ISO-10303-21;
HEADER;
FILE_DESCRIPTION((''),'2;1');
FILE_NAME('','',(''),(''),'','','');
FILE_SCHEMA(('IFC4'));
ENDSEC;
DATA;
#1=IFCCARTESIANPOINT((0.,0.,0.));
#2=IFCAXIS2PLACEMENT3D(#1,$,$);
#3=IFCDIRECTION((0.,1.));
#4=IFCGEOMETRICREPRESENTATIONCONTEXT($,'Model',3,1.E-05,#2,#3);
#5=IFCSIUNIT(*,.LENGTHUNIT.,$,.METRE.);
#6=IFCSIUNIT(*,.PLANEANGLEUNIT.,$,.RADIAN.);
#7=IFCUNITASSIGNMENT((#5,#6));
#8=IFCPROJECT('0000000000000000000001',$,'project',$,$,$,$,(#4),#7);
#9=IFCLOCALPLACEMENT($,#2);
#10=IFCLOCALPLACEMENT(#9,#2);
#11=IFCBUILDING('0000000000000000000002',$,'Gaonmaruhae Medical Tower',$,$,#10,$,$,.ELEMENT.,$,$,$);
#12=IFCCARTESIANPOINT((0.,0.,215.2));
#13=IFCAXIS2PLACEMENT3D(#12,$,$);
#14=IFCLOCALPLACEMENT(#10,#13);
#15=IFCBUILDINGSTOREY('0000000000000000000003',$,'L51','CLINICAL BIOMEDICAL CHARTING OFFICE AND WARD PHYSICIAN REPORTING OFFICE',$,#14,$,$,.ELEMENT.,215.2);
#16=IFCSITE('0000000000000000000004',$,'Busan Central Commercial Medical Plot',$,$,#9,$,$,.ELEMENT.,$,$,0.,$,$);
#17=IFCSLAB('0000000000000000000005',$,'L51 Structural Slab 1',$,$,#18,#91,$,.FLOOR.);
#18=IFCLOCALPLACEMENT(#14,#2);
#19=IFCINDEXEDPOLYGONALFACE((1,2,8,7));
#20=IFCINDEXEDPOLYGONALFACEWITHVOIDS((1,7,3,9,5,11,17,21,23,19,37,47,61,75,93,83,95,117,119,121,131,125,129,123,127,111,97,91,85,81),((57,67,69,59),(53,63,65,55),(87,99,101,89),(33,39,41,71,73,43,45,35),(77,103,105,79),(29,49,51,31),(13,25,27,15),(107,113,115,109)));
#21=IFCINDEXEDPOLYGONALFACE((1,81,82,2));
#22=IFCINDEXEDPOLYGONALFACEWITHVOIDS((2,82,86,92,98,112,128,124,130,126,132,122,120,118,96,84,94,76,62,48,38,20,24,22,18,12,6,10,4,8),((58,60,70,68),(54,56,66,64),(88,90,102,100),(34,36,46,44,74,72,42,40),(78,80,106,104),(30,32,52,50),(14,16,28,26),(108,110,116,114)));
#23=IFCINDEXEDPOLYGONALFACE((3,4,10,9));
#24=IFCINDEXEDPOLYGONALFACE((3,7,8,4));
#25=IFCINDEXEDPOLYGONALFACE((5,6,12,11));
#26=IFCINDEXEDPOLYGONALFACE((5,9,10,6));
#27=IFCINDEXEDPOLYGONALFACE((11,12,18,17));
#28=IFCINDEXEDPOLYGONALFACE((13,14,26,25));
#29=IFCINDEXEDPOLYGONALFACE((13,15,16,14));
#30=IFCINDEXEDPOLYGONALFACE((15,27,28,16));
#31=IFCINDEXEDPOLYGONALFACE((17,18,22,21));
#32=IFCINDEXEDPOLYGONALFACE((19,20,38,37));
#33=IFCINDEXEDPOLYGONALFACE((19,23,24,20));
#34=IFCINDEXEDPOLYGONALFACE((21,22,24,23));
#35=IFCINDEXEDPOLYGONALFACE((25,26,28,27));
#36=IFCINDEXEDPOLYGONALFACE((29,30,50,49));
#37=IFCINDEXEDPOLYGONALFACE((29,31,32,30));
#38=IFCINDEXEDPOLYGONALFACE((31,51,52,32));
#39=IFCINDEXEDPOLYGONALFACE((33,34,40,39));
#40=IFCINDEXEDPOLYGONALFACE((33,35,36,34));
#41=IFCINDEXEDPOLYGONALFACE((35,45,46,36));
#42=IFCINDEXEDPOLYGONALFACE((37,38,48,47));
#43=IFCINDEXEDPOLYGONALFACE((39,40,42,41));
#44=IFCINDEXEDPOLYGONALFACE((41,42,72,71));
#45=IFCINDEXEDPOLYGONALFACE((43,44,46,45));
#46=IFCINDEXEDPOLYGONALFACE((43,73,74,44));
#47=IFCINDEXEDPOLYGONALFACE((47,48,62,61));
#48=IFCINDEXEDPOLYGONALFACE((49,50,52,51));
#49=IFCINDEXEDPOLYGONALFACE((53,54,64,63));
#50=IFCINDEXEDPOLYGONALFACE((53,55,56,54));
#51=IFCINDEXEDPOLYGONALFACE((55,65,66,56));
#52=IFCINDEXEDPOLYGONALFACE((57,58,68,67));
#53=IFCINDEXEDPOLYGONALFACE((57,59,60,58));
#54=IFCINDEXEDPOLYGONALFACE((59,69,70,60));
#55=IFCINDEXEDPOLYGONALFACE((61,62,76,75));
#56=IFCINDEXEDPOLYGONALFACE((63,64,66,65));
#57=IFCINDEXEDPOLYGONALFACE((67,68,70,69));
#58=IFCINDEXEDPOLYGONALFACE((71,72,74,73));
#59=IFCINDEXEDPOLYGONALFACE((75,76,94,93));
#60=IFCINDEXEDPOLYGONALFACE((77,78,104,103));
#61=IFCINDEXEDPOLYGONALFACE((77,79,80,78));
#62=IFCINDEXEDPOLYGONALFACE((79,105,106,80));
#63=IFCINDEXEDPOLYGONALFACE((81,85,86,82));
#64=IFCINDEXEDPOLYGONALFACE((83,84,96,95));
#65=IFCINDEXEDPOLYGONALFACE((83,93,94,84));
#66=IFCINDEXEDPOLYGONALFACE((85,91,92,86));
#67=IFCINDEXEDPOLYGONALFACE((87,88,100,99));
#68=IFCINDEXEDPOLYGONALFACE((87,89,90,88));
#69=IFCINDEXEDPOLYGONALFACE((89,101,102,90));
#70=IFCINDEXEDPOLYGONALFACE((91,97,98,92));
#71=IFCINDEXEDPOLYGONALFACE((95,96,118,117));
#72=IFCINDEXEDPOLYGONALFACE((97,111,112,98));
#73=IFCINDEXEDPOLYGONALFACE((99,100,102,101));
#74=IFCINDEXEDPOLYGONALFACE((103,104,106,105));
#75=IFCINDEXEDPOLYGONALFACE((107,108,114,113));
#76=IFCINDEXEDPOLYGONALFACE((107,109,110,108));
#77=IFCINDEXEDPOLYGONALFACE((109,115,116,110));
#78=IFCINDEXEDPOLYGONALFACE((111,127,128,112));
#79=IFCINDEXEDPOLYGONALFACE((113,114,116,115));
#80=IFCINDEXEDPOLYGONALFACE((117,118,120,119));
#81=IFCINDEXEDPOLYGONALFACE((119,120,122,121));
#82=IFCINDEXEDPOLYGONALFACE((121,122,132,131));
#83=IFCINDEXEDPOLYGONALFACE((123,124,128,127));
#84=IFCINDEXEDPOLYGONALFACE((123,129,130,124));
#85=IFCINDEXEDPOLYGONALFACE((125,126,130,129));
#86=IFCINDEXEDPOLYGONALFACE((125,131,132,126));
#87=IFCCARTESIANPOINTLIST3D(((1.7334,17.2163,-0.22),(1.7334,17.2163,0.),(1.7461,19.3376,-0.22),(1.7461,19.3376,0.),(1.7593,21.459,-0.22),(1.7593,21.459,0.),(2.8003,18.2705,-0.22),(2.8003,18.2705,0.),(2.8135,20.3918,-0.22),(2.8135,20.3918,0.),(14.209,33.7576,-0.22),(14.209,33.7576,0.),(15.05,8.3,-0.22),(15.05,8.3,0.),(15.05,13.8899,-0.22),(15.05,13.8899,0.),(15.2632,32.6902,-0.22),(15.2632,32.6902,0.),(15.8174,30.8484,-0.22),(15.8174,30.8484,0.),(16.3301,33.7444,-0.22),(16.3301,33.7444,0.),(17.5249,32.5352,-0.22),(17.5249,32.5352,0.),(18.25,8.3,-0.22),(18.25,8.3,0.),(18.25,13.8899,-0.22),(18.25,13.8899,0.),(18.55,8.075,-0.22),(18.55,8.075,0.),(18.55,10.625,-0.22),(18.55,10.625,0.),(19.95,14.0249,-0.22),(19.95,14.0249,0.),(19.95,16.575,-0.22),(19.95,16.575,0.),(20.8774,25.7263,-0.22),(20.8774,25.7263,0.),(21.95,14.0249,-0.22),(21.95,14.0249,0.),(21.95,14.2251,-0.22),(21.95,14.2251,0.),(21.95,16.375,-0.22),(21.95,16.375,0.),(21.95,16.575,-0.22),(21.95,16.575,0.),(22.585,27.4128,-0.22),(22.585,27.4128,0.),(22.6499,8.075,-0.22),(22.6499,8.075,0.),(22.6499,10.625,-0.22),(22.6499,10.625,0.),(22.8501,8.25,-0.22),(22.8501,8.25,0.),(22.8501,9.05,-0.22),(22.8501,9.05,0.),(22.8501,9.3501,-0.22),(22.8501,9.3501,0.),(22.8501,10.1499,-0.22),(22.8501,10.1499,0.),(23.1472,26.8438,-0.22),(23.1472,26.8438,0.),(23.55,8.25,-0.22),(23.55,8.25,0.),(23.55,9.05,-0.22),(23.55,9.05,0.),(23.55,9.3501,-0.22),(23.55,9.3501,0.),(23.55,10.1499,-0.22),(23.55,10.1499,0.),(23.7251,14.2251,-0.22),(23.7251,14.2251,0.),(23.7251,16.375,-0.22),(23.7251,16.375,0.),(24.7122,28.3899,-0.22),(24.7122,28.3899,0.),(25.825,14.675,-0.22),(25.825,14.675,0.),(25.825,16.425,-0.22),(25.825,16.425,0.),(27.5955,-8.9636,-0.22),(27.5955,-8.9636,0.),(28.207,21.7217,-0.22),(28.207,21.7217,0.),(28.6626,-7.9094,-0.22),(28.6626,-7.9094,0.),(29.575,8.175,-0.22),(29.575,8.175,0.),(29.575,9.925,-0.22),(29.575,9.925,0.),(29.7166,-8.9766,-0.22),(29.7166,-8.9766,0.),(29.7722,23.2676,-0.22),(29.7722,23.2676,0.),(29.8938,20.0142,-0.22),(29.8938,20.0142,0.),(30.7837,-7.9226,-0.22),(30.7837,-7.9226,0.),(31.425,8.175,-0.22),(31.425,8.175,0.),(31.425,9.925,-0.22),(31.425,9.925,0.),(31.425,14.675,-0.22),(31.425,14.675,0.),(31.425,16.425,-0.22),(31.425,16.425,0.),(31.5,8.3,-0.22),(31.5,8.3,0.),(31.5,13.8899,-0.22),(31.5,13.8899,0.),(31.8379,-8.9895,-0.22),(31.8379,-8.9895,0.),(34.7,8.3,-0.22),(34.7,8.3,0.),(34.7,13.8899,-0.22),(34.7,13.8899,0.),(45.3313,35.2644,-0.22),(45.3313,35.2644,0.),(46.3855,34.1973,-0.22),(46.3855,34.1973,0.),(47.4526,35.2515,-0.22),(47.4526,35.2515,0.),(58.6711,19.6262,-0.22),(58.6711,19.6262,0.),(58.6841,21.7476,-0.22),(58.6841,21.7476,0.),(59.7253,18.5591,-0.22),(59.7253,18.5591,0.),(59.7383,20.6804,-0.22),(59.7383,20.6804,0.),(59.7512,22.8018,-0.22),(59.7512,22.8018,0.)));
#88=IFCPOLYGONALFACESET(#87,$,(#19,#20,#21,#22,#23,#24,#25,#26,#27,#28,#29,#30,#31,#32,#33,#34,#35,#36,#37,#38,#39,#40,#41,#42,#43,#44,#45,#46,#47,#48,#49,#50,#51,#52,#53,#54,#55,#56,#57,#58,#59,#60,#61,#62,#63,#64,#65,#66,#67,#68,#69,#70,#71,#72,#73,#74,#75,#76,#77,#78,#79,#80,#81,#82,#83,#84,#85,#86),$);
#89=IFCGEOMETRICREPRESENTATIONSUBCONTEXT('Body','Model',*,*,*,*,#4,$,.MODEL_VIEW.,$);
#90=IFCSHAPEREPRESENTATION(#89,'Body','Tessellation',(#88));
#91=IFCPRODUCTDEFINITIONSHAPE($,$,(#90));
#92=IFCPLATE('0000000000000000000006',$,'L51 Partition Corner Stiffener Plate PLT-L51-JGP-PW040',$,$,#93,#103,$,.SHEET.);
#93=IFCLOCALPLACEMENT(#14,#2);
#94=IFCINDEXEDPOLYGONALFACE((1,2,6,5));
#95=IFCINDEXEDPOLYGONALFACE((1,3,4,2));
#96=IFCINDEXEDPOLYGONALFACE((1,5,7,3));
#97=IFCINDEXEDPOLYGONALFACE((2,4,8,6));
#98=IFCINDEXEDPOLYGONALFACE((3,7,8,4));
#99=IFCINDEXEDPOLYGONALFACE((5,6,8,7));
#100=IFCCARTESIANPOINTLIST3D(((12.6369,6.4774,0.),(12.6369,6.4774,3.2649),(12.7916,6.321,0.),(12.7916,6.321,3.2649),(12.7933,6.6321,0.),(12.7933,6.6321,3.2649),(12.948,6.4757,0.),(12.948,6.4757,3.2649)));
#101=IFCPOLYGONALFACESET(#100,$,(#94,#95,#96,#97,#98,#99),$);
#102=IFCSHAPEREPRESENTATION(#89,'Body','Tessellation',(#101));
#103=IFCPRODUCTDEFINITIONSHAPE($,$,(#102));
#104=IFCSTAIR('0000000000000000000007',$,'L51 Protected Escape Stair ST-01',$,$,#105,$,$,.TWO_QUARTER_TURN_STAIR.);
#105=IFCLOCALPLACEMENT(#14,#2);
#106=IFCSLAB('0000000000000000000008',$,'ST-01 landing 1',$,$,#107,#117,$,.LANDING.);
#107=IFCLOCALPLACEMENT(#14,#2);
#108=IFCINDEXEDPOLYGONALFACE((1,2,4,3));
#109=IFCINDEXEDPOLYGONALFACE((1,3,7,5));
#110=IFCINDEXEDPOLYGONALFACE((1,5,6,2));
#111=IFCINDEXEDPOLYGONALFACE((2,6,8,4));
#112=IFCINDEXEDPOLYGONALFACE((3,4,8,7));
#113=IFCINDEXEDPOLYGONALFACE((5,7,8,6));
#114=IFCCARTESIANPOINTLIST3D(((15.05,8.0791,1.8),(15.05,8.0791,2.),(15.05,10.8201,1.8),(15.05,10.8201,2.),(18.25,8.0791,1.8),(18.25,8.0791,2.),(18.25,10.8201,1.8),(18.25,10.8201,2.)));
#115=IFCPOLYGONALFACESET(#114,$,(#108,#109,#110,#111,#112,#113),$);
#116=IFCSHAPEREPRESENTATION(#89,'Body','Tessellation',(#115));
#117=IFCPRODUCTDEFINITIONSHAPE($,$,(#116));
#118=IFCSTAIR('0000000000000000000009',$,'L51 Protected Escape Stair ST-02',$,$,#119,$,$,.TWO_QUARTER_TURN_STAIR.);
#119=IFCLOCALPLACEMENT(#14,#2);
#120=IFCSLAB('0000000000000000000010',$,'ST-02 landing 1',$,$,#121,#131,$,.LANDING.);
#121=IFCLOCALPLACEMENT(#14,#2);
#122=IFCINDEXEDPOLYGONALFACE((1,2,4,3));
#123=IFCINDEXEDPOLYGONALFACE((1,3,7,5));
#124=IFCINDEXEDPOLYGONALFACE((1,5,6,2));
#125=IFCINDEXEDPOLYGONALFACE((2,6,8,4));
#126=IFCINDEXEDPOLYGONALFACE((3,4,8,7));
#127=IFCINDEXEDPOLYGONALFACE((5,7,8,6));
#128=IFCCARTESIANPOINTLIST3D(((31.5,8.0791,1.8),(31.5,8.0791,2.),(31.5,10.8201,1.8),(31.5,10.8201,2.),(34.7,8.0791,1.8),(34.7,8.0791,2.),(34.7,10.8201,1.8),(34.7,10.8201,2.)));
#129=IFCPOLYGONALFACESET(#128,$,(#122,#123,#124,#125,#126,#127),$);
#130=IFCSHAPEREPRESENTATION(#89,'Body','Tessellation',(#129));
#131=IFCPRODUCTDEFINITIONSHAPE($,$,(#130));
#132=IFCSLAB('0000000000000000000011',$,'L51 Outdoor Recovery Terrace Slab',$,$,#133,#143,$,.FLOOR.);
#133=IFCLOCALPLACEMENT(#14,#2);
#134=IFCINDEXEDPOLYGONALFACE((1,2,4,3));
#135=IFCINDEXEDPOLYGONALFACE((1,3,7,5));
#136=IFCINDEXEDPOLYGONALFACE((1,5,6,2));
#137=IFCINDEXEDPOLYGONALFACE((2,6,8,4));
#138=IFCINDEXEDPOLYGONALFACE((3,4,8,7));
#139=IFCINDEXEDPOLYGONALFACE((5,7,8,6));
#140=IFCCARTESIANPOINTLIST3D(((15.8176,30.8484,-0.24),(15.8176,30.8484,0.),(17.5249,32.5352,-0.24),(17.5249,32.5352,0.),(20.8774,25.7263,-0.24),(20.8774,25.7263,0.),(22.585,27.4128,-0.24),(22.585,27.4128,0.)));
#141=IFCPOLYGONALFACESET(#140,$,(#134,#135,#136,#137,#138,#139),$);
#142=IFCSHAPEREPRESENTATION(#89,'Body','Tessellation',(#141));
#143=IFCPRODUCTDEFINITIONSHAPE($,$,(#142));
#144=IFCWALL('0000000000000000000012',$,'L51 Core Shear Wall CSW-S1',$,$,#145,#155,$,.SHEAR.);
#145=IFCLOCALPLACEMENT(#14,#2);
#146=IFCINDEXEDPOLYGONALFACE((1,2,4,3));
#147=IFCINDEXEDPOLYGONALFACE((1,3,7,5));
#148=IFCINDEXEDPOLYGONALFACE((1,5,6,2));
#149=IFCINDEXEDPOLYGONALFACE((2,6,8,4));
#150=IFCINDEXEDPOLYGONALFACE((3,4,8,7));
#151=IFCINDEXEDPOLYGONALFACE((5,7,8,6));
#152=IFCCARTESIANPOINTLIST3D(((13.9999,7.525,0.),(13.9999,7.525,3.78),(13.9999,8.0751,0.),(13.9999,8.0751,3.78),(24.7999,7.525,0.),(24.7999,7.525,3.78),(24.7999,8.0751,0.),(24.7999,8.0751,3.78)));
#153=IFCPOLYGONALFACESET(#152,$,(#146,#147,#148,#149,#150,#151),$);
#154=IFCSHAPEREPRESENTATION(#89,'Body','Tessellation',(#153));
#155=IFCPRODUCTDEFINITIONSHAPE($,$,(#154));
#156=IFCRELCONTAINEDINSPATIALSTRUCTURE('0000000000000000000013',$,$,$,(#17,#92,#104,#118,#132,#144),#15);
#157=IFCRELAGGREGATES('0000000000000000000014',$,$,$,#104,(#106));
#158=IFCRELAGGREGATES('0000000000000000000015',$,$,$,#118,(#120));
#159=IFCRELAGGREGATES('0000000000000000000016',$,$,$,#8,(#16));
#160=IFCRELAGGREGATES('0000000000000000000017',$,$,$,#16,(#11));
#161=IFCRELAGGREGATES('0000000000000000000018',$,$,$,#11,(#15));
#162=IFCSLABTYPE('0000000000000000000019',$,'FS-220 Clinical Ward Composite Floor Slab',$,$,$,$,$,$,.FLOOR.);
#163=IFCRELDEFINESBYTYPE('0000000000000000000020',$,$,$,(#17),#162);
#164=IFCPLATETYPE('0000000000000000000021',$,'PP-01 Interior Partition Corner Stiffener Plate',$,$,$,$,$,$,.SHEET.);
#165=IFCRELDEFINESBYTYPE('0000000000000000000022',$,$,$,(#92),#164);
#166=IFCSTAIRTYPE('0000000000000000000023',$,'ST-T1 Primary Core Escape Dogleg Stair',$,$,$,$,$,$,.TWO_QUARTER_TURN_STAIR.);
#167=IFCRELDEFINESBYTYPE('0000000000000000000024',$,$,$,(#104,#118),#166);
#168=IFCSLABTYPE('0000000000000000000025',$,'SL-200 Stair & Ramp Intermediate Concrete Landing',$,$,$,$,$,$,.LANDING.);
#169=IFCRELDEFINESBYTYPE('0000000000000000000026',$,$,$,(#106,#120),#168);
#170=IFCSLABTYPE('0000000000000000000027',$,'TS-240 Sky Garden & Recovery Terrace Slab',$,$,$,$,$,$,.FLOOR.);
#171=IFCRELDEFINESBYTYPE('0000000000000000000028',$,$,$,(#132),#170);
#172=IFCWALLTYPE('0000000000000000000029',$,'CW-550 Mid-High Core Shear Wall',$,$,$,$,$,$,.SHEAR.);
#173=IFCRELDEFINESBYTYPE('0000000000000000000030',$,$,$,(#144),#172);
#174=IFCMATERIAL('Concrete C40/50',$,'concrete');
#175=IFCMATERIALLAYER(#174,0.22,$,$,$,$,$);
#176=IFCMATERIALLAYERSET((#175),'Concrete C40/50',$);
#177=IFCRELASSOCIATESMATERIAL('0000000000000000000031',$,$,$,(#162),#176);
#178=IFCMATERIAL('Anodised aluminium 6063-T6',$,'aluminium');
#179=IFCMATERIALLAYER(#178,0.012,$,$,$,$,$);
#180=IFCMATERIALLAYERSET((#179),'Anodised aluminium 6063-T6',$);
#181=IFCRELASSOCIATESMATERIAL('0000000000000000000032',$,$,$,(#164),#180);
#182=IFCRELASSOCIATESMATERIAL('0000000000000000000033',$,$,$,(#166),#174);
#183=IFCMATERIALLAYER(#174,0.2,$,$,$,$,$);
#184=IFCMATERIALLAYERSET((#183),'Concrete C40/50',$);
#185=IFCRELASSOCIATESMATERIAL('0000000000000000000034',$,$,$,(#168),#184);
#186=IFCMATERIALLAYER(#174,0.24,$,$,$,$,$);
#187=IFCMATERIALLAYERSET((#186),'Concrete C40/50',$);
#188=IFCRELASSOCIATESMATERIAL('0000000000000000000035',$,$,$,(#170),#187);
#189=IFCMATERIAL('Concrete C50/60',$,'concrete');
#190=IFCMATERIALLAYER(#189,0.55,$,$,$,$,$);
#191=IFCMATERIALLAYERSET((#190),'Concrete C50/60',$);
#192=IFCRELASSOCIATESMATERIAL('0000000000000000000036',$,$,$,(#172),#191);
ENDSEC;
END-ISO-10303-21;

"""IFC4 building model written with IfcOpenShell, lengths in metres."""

from ifc_helpers import new_model, si_unit, direction, frame, frame_2d, origin, origin_2d, place, context, subcontext, project, spatial, polyline, rectangle, outline, extrude, material, layer, layer_set, type_object, element, aggregate, save


model = new_model("IFC4")

# Units and contexts
model_context = context("Model", 3, precision=1e-05, world=origin(), true_north=direction((0.0, 1.0)))
body_context = subcontext(model_context, "Body", "Model", "MODEL_VIEW")
ifc_project = project(units=[si_unit("LENGTHUNIT", "METRE"), si_unit("PLANEANGLEUNIT", "RADIAN")], contexts=[model_context])

# Site, building, storey
site_placement = place(None, origin())
site = spatial("IfcSite", under=ifc_project, at=site_placement, Name="Busan Central Commercial Medical Plot", CompositionType="ELEMENT", RefElevation=0.0)
building_placement = place(site_placement, origin())
building = spatial("IfcBuilding", under=site, at=building_placement, Name="Gaonmaruhae Medical Tower", CompositionType="ELEMENT")
storey_placement = place(building_placement, frame((0.0, 0.0, 215.2)))
storey = spatial("IfcBuildingStorey", under=building, at=storey_placement, Name="L51", Description="CLINICAL BIOMEDICAL CHARTING OFFICE AND WARD PHYSICIAN REPORTING OFFICE", CompositionType="ELEMENT", Elevation=215.2)

# Shared definitions
ifc_material_1 = material(Name="Concrete C50/60", Category="concrete")

# Slab
ifc_material_2 = material(Name="Concrete C40/50", Category="concrete")
ifc_layer_1 = layer(ifc_material_2, 0.22)
ifc_layer_set_1 = layer_set([ifc_layer_1], Name="Concrete C40/50")
slab_type_1 = type_object("IfcSlabType", Name="FS-220 Clinical Ward Composite Floor Slab", PredefinedType="FLOOR", material=ifc_layer_set_1)
slab_1_placement = place(storey_placement, frame((0.0, 0.0, -0.22)))
element("IfcSlab", 1, at=slab_1_placement, inside=storey, type_object=slab_type_1, Name="L51 Structural Slab 1", PredefinedType="FLOOR", context=body_context, shape_type="SweptSolid", body=[
    extrude(outline(polyline([(45.3313, 35.2644), (46.3855, 34.1973), (47.4526, 35.2515), (59.7512, 22.8018), (58.6841, 21.7476), (59.7383, 20.6804), (58.6711, 19.6262), (59.7253, 18.5591), (31.8379, -8.9895), (30.7837, -7.9226), (29.7166, -8.9766), (28.6626, -7.9094), (27.5955, -8.9636), (1.7334, 17.2163), (2.8003, 18.2705), (1.7461, 19.3376), (2.8135, 20.3918), (1.7593, 21.459), (14.209, 33.7576), (15.2632, 32.6902), (16.3301, 33.7444), (17.5249, 32.5352), (15.8174, 30.8484), (20.8774, 25.7263), (22.585, 27.4128), (23.1472, 26.8438), (24.7122, 28.3899), (29.7722, 23.2676), (28.207, 21.7217), (29.8938, 20.0142), (45.3313, 35.2644)]), holes=[polyline([(23.55, 8.25), (22.8501, 8.25), (22.8501, 9.05), (23.55, 9.05), (23.55, 8.25)]), polyline([(31.425, 9.925), (31.425, 8.175), (29.575, 8.175), (29.575, 9.925), (31.425, 9.925)]), polyline([(22.6499, 10.625), (22.6499, 8.075), (18.55, 8.075), (18.55, 10.625), (22.6499, 10.625)]), polyline([(23.55, 9.3501), (22.8501, 9.3501), (22.8501, 10.1499), (23.55, 10.1499), (23.55, 9.3501)]), polyline([(15.05, 13.8899), (18.25, 13.8899), (18.25, 8.3), (15.05, 8.3), (15.05, 13.8899)]), polyline([(31.5, 13.8899), (34.7, 13.8899), (34.7, 8.3), (31.5, 8.3), (31.5, 13.8899)]), polyline([(21.95, 14.2251), (21.95, 14.0249), (19.95, 14.0249), (19.95, 16.575), (21.95, 16.575), (21.95, 16.375), (23.7251, 16.375), (23.7251, 14.2251), (21.95, 14.2251)]), polyline([(31.425, 16.425), (31.425, 14.675), (25.825, 14.675), (25.825, 16.425), (31.425, 16.425)])]), origin(), (0.0, 0.0, 1.0), 0.22),
])

# Plate
ifc_material_3 = material(Name="Anodised aluminium 6063-T6", Category="aluminium")
ifc_layer_2 = layer(ifc_material_3, 0.012)
ifc_layer_set_2 = layer_set([ifc_layer_2], Name="Anodised aluminium 6063-T6")
plate_type = type_object("IfcPlateType", Name="PP-01 Interior Partition Corner Stiffener Plate", PredefinedType="SHEET", material=ifc_layer_set_2)
plate_placement = place(storey_placement, frame((12.7925, 6.4766, 0.0), z_axis=(0.0, 0.0, 1.0), x_axis=(-0.703283, 0.71091, 0.0)))
element("IfcPlate", 2, at=plate_placement, inside=storey, type_object=plate_type, Name="L51 Partition Corner Stiffener Plate PLT-L51-JGP-PW040", PredefinedType="SHEET", context=body_context, shape_type="SweptSolid", body=[
    extrude(rectangle(XDim=0.22, YDim=0.22, at=origin_2d()), origin(), (0.0, 0.0, 1.0), 3.2649),
])

# Stairs, slabs
stair_type = type_object("IfcStairType", Name="ST-T1 Primary Core Escape Dogleg Stair", PredefinedType="TWO_QUARTER_TURN_STAIR", material=ifc_material_2)
stair_1_placement = place(storey_placement, origin())
stair_1 = element("IfcStair", 3, at=stair_1_placement, inside=storey, type_object=stair_type, Name="L51 Protected Escape Stair ST-01", PredefinedType="TWO_QUARTER_TURN_STAIR")
ifc_layer_3 = layer(ifc_material_2, 0.2)
ifc_layer_set_3 = layer_set([ifc_layer_3], Name="Concrete C40/50")
slab_type_2 = type_object("IfcSlabType", Name="SL-200 Stair & Ramp Intermediate Concrete Landing", PredefinedType="LANDING", material=ifc_layer_set_3)
slab_2_placement = place(storey_placement, frame((0.0, 0.0, 1.8)))
slab_2 = element("IfcSlab", 4, at=slab_2_placement, type_object=slab_type_2, Name="ST-01 landing 1", PredefinedType="LANDING", context=body_context, shape_type="SweptSolid", body=[
    extrude(outline(polyline([(15.05, 10.8201), (15.05, 8.0791), (18.25, 8.0791), (18.25, 10.8201), (15.05, 10.8201)])), origin(), (0.0, 0.0, 1.0), 0.2),
])
aggregate(stair_1, [slab_2])
stair_2_placement = place(storey_placement, origin())
stair_2 = element("IfcStair", 5, at=stair_2_placement, inside=storey, type_object=stair_type, Name="L51 Protected Escape Stair ST-02", PredefinedType="TWO_QUARTER_TURN_STAIR")
slab_3_placement = place(storey_placement, frame((0.0, 0.0, 1.8)))
slab_3 = element("IfcSlab", 6, at=slab_3_placement, type_object=slab_type_2, Name="ST-02 landing 1", PredefinedType="LANDING", context=body_context, shape_type="SweptSolid", body=[
    extrude(outline(polyline([(31.5, 10.8201), (31.5, 8.0791), (34.7, 8.0791), (34.7, 10.8201), (31.5, 10.8201)])), origin(), (0.0, 0.0, 1.0), 0.2),
])
aggregate(stair_2, [slab_3])

# Slab
ifc_layer_4 = layer(ifc_material_2, 0.24)
ifc_layer_set_4 = layer_set([ifc_layer_4], Name="Concrete C40/50")
slab_type_3 = type_object("IfcSlabType", Name="TS-240 Sky Garden & Recovery Terrace Slab", PredefinedType="FLOOR", material=ifc_layer_set_4)
slab_4_placement = place(storey_placement, frame((0.0, 0.0, -0.24)))
element("IfcSlab", 7, at=slab_4_placement, inside=storey, type_object=slab_type_3, Name="L51 Outdoor Recovery Terrace Slab", PredefinedType="FLOOR", context=body_context, shape_type="SweptSolid", body=[
    extrude(outline(polyline([(20.8774, 25.7263), (22.585, 27.4128), (17.5249, 32.5352), (15.8176, 30.8484), (20.8774, 25.7263)])), origin(), (0.0, 0.0, 1.0), 0.24),
])

# Wall
ifc_layer_5 = layer(ifc_material_1, 0.55)
ifc_layer_set_5 = layer_set([ifc_layer_5], Name="Concrete C50/60")
wall_type_1 = type_object("IfcWallType", Name="CW-550 Mid-High Core Shear Wall", PredefinedType="SHEAR", material=ifc_layer_set_5)
wall_1_placement = place(storey_placement, frame((14.0, 7.8, 0.0), z_axis=(0.0, 0.0, 1.0), x_axis=(1.0, 0.0, 0.0)))
element("IfcWall", 8, at=wall_1_placement, inside=storey, type_object=wall_type_1, Name="L51 Core Shear Wall CSW-S1", PredefinedType="SHEAR", context=body_context, shape_type="SweptSolid", body=[
    extrude(rectangle(XDim=10.8, YDim=0.55, at=frame_2d((5.3999, 0.0))), origin(), (0.0, 0.0, 1.0), 3.78),
])

save(model, "model.ifc")
